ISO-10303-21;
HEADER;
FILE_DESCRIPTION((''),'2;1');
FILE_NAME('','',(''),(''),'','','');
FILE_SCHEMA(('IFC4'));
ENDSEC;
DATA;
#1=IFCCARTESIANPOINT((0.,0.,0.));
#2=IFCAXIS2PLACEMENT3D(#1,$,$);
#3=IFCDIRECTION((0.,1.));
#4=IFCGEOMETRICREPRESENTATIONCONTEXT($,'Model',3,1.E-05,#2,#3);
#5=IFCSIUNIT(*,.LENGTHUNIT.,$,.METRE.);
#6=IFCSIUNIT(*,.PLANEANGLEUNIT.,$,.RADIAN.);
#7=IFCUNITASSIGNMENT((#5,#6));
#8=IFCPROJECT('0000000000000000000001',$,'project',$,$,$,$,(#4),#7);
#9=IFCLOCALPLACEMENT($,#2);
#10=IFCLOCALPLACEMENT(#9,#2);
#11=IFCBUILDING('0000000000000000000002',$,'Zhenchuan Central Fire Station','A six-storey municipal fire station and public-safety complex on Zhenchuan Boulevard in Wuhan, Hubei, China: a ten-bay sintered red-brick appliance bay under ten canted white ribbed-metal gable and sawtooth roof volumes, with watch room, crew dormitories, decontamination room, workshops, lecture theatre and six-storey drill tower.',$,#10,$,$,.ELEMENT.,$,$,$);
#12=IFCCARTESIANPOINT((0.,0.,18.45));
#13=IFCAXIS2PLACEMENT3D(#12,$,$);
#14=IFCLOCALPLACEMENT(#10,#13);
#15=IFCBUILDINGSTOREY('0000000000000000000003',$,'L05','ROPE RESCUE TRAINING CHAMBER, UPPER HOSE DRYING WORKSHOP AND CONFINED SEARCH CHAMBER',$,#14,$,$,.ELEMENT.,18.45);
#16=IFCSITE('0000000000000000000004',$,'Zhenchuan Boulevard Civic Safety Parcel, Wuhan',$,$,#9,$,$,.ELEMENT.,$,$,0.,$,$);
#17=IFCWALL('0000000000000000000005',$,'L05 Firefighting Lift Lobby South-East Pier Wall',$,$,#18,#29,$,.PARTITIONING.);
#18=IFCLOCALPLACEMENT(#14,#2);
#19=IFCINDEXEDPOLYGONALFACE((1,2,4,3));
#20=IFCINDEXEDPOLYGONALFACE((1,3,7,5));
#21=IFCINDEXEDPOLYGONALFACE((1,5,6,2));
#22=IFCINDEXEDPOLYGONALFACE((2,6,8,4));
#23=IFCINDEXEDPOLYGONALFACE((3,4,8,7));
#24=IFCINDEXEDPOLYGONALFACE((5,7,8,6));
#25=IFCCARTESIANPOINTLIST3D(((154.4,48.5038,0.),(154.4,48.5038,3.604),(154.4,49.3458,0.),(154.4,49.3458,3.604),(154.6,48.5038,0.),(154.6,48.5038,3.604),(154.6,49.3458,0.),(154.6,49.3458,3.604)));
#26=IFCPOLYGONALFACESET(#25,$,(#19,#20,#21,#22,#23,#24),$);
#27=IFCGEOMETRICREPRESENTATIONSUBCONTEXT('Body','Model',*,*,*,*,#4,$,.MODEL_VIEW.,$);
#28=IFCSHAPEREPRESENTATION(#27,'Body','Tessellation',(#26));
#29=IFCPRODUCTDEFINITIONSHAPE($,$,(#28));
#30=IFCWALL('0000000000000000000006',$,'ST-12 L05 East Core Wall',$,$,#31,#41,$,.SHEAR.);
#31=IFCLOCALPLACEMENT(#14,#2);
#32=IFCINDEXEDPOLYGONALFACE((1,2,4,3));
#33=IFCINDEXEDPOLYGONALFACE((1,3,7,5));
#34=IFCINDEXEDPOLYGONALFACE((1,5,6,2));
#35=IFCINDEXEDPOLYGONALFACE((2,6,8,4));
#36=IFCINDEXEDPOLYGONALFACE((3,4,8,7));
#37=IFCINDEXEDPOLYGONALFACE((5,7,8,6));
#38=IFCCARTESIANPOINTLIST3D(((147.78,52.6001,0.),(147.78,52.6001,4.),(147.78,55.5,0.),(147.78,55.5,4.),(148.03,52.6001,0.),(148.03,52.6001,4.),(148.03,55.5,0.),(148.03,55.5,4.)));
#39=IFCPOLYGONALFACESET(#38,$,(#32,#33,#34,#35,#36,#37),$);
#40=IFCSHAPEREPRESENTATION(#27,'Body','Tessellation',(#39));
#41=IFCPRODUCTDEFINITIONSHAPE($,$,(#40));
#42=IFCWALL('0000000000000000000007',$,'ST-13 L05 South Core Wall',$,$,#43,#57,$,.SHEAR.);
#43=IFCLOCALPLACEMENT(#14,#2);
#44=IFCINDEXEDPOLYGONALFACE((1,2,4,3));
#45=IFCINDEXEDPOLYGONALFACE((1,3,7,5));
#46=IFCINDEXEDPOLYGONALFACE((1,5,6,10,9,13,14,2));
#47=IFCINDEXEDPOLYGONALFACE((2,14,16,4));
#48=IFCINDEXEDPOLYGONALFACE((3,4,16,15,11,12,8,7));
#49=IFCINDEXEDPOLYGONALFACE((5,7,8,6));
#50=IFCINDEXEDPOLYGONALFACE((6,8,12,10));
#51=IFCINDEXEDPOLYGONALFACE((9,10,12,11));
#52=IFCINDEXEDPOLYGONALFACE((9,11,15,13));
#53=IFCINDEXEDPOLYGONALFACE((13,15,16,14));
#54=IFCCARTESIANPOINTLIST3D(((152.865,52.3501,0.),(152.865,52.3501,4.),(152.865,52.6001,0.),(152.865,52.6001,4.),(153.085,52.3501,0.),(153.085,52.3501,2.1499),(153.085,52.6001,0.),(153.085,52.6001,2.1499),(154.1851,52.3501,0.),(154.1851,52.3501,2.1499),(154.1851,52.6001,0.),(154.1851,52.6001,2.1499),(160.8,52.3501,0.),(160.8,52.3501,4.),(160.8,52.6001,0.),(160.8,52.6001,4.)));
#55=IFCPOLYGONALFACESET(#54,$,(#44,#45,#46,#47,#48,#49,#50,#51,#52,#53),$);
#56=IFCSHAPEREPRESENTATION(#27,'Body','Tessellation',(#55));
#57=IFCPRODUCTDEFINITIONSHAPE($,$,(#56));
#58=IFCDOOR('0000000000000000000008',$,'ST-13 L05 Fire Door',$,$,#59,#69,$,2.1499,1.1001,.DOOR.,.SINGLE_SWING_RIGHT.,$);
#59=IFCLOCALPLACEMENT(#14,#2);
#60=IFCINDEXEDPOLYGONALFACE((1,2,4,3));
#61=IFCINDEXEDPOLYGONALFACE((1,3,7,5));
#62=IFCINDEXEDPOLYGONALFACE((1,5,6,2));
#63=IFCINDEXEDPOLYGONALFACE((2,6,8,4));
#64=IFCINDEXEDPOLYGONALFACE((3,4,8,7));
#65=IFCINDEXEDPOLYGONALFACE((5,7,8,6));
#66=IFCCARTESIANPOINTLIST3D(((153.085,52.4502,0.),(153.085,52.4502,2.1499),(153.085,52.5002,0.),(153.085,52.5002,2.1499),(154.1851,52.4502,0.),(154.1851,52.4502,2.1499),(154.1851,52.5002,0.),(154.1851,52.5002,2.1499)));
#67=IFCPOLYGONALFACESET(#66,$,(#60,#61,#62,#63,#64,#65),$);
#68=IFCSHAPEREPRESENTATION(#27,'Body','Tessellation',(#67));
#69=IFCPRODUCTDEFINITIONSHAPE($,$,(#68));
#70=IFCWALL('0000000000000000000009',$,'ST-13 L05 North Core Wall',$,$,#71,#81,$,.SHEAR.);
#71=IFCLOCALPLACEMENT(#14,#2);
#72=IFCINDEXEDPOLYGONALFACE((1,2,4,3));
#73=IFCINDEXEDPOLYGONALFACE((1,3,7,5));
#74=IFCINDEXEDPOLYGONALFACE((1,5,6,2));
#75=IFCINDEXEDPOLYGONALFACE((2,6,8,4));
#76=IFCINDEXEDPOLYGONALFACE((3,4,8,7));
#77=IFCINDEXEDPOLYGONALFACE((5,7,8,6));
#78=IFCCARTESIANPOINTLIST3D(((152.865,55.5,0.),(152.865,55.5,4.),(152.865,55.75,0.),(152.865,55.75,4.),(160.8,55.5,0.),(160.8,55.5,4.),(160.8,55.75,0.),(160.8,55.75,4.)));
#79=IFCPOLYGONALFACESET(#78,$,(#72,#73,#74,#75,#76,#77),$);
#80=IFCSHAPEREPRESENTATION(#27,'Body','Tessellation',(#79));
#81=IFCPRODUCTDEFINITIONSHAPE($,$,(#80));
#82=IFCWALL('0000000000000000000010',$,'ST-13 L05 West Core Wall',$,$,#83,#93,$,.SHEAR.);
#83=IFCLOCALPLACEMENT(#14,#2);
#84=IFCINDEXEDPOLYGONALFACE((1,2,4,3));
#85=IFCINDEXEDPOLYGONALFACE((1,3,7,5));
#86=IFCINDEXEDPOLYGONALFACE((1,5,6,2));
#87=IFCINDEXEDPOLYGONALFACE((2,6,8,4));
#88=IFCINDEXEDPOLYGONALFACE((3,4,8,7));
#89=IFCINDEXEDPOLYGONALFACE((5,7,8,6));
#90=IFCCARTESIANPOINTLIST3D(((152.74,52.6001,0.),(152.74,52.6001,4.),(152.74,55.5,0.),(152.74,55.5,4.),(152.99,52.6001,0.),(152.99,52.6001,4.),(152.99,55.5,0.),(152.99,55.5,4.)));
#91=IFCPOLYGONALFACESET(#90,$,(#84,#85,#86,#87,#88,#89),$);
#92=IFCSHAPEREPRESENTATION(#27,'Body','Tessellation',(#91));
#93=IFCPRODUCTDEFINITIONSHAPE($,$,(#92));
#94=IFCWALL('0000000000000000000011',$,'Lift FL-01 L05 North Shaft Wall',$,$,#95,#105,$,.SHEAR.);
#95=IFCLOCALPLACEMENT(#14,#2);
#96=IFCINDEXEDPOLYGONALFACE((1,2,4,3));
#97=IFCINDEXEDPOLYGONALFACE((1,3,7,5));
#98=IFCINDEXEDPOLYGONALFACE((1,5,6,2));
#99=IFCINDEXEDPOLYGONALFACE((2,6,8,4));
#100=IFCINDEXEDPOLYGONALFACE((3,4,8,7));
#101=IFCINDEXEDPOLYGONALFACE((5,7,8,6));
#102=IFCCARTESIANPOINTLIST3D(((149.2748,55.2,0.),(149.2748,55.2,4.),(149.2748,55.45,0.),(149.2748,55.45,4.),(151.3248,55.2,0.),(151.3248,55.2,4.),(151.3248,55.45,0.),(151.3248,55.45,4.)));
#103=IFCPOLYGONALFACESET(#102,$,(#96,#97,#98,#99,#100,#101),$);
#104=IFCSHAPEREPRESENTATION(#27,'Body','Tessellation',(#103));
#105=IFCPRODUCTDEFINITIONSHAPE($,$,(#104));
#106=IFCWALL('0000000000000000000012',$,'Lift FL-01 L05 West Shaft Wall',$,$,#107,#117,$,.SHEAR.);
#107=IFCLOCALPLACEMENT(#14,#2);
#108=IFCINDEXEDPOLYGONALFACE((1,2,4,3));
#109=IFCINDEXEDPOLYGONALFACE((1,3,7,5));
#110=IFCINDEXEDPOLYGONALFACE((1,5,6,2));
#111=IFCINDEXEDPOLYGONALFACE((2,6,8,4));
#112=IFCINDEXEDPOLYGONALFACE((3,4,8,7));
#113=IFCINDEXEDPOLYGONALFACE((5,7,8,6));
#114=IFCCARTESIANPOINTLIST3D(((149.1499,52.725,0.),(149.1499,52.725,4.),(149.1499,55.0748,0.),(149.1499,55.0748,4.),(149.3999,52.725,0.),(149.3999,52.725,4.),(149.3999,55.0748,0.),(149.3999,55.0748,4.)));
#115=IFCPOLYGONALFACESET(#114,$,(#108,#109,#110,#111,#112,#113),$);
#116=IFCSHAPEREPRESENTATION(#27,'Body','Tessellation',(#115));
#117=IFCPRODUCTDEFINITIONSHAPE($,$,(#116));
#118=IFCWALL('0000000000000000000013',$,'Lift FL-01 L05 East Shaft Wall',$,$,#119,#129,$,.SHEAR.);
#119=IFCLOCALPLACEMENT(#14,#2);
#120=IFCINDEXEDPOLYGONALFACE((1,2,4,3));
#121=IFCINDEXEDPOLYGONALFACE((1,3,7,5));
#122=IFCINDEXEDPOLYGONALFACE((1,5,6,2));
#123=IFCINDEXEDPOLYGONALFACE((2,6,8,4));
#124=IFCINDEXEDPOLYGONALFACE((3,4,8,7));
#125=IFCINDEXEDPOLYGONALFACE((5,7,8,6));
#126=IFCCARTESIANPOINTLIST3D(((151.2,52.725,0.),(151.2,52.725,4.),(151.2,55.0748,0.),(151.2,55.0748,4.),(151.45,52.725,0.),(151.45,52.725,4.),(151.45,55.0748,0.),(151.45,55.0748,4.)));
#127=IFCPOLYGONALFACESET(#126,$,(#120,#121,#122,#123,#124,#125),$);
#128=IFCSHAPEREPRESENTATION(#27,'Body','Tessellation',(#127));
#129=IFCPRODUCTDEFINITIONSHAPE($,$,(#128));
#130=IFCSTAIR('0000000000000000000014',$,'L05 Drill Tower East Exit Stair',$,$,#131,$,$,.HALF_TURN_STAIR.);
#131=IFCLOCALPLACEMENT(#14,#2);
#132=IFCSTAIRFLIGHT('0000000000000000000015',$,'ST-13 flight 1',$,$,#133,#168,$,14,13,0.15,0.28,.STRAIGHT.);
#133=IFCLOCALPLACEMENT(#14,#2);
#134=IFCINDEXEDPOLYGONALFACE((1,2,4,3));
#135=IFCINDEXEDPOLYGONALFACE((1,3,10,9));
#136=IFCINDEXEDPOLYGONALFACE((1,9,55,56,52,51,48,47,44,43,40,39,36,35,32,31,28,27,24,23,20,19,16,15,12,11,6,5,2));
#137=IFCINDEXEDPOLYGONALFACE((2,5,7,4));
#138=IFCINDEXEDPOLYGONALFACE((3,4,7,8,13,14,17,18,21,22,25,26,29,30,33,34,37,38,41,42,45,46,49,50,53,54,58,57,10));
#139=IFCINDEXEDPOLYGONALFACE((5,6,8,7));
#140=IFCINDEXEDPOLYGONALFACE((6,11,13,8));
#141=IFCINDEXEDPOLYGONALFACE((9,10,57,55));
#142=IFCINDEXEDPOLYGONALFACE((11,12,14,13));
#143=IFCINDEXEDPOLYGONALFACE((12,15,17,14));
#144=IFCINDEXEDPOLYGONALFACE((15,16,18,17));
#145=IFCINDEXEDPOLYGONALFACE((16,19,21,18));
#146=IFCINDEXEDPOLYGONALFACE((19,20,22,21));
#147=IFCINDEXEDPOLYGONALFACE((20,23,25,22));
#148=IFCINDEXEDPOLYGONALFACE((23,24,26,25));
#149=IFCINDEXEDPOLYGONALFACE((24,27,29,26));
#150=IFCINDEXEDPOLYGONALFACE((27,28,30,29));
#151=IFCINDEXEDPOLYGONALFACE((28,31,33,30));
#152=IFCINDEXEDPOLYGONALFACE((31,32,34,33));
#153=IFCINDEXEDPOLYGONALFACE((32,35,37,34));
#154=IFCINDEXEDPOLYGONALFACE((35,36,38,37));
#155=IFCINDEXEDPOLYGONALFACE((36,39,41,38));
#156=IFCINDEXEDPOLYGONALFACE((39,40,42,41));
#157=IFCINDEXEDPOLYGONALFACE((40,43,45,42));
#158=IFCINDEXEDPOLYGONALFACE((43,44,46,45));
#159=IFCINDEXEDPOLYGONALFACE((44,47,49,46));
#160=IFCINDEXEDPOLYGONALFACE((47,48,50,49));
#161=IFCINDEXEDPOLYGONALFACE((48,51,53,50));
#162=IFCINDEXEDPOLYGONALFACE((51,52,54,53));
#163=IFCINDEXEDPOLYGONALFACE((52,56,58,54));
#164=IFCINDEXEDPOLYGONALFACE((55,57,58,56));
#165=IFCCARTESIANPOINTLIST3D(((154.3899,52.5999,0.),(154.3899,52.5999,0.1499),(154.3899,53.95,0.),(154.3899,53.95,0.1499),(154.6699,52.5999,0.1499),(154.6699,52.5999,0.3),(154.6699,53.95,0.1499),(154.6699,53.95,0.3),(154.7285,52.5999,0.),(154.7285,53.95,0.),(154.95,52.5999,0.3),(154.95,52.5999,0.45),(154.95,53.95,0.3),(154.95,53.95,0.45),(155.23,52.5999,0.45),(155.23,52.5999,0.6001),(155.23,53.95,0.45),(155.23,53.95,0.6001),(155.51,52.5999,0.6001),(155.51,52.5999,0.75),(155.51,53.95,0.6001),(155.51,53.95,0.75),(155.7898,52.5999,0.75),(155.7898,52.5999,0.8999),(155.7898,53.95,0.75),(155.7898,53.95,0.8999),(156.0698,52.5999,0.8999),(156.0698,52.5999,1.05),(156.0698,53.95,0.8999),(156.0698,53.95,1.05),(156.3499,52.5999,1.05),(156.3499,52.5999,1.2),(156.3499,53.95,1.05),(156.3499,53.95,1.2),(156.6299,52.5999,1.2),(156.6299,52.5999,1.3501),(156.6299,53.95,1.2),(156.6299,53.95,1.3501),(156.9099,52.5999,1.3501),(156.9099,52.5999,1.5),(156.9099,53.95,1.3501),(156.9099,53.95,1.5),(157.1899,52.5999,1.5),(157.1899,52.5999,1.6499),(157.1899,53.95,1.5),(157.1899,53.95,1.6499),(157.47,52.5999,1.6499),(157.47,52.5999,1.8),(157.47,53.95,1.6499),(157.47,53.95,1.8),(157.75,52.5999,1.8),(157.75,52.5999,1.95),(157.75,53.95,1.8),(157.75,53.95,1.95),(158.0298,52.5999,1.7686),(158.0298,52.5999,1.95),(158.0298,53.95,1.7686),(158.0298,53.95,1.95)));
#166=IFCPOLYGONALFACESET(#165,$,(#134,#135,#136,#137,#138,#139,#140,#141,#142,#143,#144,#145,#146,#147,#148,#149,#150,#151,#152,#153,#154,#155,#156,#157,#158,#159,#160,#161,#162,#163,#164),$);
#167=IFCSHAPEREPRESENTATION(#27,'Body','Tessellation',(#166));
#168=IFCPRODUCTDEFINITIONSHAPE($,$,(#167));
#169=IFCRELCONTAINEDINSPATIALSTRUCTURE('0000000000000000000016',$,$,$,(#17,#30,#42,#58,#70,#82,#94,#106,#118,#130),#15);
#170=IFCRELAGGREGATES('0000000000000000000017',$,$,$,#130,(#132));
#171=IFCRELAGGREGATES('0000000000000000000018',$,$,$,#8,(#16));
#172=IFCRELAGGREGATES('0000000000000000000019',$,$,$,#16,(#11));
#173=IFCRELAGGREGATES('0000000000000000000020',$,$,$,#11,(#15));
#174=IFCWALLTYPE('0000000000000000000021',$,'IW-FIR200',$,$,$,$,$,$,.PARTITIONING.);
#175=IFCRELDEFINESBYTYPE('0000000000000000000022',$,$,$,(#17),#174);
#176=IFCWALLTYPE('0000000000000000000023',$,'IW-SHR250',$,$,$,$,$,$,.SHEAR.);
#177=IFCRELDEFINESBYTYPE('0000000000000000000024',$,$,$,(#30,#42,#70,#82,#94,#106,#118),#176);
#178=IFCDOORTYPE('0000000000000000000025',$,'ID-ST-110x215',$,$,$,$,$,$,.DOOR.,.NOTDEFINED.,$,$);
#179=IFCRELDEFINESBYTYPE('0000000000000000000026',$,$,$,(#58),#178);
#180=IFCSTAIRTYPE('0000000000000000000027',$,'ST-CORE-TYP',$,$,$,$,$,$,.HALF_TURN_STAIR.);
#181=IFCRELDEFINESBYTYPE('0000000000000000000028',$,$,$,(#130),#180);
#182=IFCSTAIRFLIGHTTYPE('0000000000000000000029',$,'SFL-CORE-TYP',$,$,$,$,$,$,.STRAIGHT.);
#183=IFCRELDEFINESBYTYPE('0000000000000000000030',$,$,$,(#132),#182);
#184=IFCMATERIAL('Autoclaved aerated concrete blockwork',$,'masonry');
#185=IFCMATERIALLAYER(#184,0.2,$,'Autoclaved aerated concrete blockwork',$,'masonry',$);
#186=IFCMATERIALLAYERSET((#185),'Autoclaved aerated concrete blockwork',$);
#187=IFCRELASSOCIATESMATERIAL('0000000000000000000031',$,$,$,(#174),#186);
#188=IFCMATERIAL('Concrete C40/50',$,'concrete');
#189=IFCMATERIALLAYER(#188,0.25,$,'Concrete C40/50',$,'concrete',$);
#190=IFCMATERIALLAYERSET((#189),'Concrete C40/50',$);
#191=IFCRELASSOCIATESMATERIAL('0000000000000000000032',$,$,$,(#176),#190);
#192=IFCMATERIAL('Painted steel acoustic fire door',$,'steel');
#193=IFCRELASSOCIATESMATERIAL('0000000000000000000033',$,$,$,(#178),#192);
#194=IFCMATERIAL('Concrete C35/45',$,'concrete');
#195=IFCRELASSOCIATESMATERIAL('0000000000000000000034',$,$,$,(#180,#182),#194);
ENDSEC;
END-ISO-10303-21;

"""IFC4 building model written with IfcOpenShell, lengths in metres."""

from ifc_helpers import new_model, si_unit, direction, frame, frame_2d, origin, place, context, subcontext, project, spatial, polyline, rectangle, outline, extrude, material, layer, layer_set, type_object, element, fill, aggregate, save


model = new_model("IFC4")

# Units and contexts
model_context = context("Model", 3, precision=1e-05, world=origin(), true_north=direction((0.0, 1.0)))
body_context = subcontext(model_context, "Body", "Model", "MODEL_VIEW")
ifc_project = project(units=[si_unit("LENGTHUNIT", "METRE"), si_unit("PLANEANGLEUNIT", "RADIAN")], contexts=[model_context])

# Site, building, storey
site_placement = place(None, origin())
site = spatial("IfcSite", under=ifc_project, at=site_placement, Name="Zhenchuan Boulevard Civic Safety Parcel, Wuhan", CompositionType="ELEMENT", RefElevation=0.0)
building_placement = place(site_placement, origin())
building = spatial("IfcBuilding", under=site, at=building_placement, Name="Zhenchuan Central Fire Station", Description="A six-storey municipal fire station and public-safety complex on Zhenchuan Boulevard in Wuhan, Hubei, China: a ten-bay sintered red-brick appliance bay under ten canted white ribbed-metal gable and sawtooth roof volumes, with watch room, crew dormitories, decontamination room, workshops, lecture theatre and six-storey drill tower.", CompositionType="ELEMENT")
storey_placement = place(building_placement, frame((0.0, 0.0, 18.45)))
storey = spatial("IfcBuildingStorey", under=building, at=storey_placement, Name="L05", Description="ROPE RESCUE TRAINING CHAMBER, UPPER HOSE DRYING WORKSHOP AND CONFINED SEARCH CHAMBER", CompositionType="ELEMENT", Elevation=18.45)

# Shared definitions
ifc_material_1 = material(Name="Concrete C40/50", Category="concrete")

# Shared definitions
ifc_material_2 = material(Name="Autoclaved aerated concrete blockwork", Category="masonry")

# Wall
ifc_layer_1 = layer(ifc_material_2, 0.2, Name="Autoclaved aerated concrete blockwork", Category="masonry")
ifc_layer_set_1 = layer_set([ifc_layer_1], Name="Autoclaved aerated concrete blockwork")
wall_type_1 = type_object("IfcWallType", Name="IW-FIR200", PredefinedType="PARTITIONING", material=ifc_layer_set_1)
wall_1_placement = place(storey_placement, frame((154.5, 48.5039, 0.0), z_axis=(0.0, 0.0, 1.0), x_axis=(0.0, 1.0, 0.0)))
element("IfcWall", 1, at=wall_1_placement, inside=storey, type_object=wall_type_1, Name="L05 Firefighting Lift Lobby South-East Pier Wall", PredefinedType="PARTITIONING", context=body_context, shape_type="SweptSolid", body=[
    extrude(rectangle(XDim=0.842, YDim=0.2, at=frame_2d((0.4209, 0.0))), origin(), (0.0, 0.0, 1.0), 3.604),
])

# Wall
ifc_layer_2 = layer(ifc_material_1, 0.25, Name="Concrete C40/50", Category="concrete")
ifc_layer_set_2 = layer_set([ifc_layer_2], Name="Concrete C40/50")
wall_type_2 = type_object("IfcWallType", Name="IW-SHR250", PredefinedType="SHEAR", material=ifc_layer_set_2)
wall_2_placement = place(storey_placement, frame((147.905, 52.6001, 0.0), z_axis=(0.0, 0.0, 1.0), x_axis=(0.0, 1.0, 0.0)))
element("IfcWall", 2, at=wall_2_placement, inside=storey, type_object=wall_type_2, Name="ST-12 L05 East Core Wall", PredefinedType="SHEAR", context=body_context, shape_type="SweptSolid", body=[
    extrude(rectangle(XDim=2.8999, YDim=0.25, at=frame_2d((1.45, 0.0))), origin(), (0.0, 0.0, 1.0), 4.0),
])

# Wall, opening, door
wall_3_placement = place(storey_placement, frame((152.865, 52.4751, 0.0), z_axis=(0.0, 0.0, 1.0), x_axis=(1.0, 0.0, 0.0)))
wall_3 = element("IfcWall", 3, at=wall_3_placement, inside=storey, type_object=wall_type_2, Name="ST-13 L05 South Core Wall", PredefinedType="SHEAR", context=body_context, shape_type="SweptSolid", body=[
    extrude(rectangle(XDim=7.9351, YDim=0.25, at=frame_2d((3.9675, 0.0))), origin(), (0.0, 0.0, 1.0), 4.0),
])
opening_1_placement = place(wall_3_placement, frame((0.22, 0.0, 0.0)))
opening_1 = element("IfcOpeningElement", 4, at=opening_1_placement, cuts=wall_3, PredefinedType="OPENING", context=body_context, shape_type="SweptSolid", body=[
    extrude(rectangle(XDim=1.1001, YDim=2.1499, at=frame_2d((0.55, 1.075))), frame((0.0, 0.135, 0.0), z_axis=(0.0, -1.0, 0.0), x_axis=(1.0, 0.0, 0.0)), (0.0, 0.0, 1.0), 0.27),
])
ifc_material_3 = material(Name="Painted steel acoustic fire door", Category="steel")
door_type_1 = type_object("IfcDoorType", Name="ID-ST-110x215", OperationType="NOTDEFINED", PredefinedType="DOOR", material=ifc_material_3)
door_1_placement = place(opening_1_placement, frame((1.1001, 0.0, 0.0), z_axis=(0.0, 0.0, 1.0), x_axis=(-1.0, 0.0, 0.0)))
door_1 = element("IfcDoor", 5, at=door_1_placement, inside=storey, type_object=door_type_1, Name="ST-13 L05 Fire Door", OperationType="SINGLE_SWING_RIGHT", OverallHeight=2.1499, OverallWidth=1.1001, PredefinedType="DOOR", context=body_context, shape_type="SweptSolid", body=[
    extrude(rectangle(XDim=1.1001, YDim=2.1499, at=frame_2d((0.55, 1.075))), frame((0.0, 0.0249, 0.0), z_axis=(0.0, -1.0, 0.0), x_axis=(1.0, 0.0, 0.0)), (0.0, 0.0, 1.0), 0.05),
])
fill(opening_1, door_1)

# Walls
wall_4_placement = place(storey_placement, frame((152.865, 55.625, 0.0), z_axis=(0.0, 0.0, 1.0), x_axis=(1.0, 0.0, 0.0)))
element("IfcWall", 6, at=wall_4_placement, inside=storey, type_object=wall_type_2, Name="ST-13 L05 North Core Wall", PredefinedType="SHEAR", context=body_context, shape_type="SweptSolid", body=[
    extrude(rectangle(XDim=7.9351, YDim=0.25, at=frame_2d((3.9675, 0.0))), origin(), (0.0, 0.0, 1.0), 4.0),
])
wall_5_placement = place(storey_placement, frame((152.865, 52.6001, 0.0), z_axis=(0.0, 0.0, 1.0), x_axis=(0.0, 1.0, 0.0)))
element("IfcWall", 7, at=wall_5_placement, inside=storey, type_object=wall_type_2, Name="ST-13 L05 West Core Wall", PredefinedType="SHEAR", context=body_context, shape_type="SweptSolid", body=[
    extrude(rectangle(XDim=2.8999, YDim=0.25, at=frame_2d((1.45, 0.0))), origin(), (0.0, 0.0, 1.0), 4.0),
])

# Walls
wall_6_placement = place(storey_placement, frame((149.2749, 55.325, 0.0), z_axis=(0.0, 0.0, 1.0), x_axis=(1.0, 0.0, 0.0)))
element("IfcWall", 8, at=wall_6_placement, inside=storey, type_object=wall_type_2, Name="Lift FL-01 L05 North Shaft Wall", PredefinedType="SHEAR", context=body_context, shape_type="SweptSolid", body=[
    extrude(rectangle(XDim=2.05, YDim=0.25, at=frame_2d((1.0249, 0.0))), origin(), (0.0, 0.0, 1.0), 4.0),
])
for number, where, z_axis, x_axis, name in (
    (9, (149.2749, 52.7251, 0.0), (0.0, 0.0, 1.0), (0.0, 1.0, 0.0), "Lift FL-01 L05 West Shaft Wall"),
    (10, (151.325, 52.7251, 0.0), (0.0, 0.0, 1.0), (0.0, 1.0, 0.0), "Lift FL-01 L05 East Shaft Wall"),
):
    element("IfcWall", number, at=place(storey_placement, frame(where, z_axis=z_axis, x_axis=x_axis)), inside=storey, type_object=wall_type_2, Name=name, PredefinedType="SHEAR", context=body_context, shape_type="SweptSolid", body=[
        extrude(rectangle(XDim=2.3499, YDim=0.25, at=frame_2d((1.1748, 0.0))), origin(), (0.0, 0.0, 1.0), 4.0),
    ])

# Stair, stair flight
ifc_material_4 = material(Name="Concrete C35/45", Category="concrete")
stair_type = type_object("IfcStairType", Name="ST-CORE-TYP", PredefinedType="HALF_TURN_STAIR", material=ifc_material_4)
stair_placement = place(storey_placement, origin())
stair = element("IfcStair", 11, at=stair_placement, inside=storey, type_object=stair_type, Name="L05 Drill Tower East Exit Stair", PredefinedType="HALF_TURN_STAIR")
stair_flight_type = type_object("IfcStairFlightType", Name="SFL-CORE-TYP", PredefinedType="STRAIGHT", material=ifc_material_4)
stair_flight_1_placement = place(storey_placement, frame((154.3899, 53.2749, 0.0), z_axis=(0.0, 0.0, 1.0), x_axis=(1.0, 0.0, 0.0)))
stair_flight_1 = element("IfcStairFlight", 12, at=stair_flight_1_placement, type_object=stair_flight_type, Name="ST-13 flight 1", NumberOfRisers=14, NumberOfTreads=13, PredefinedType="STRAIGHT", RiserHeight=0.15, TreadLength=0.28, context=body_context, shape_type="SweptSolid", body=[
    extrude(outline(polyline([(0.0, 0.0), (0.0, 0.1499), (0.28, 0.1499), (0.28, 0.3), (0.5601, 0.3), (0.5601, 0.45), (0.8401, 0.45), (0.8401, 0.6001), (1.1201, 0.6001), (1.1201, 0.75), (1.3999, 0.75), (1.3999, 0.8999), (1.6799, 0.8999), (1.6799, 1.05), (1.96, 1.05), (1.96, 1.2), (2.24, 1.2), (2.24, 1.3501), (2.52, 1.3501), (2.52, 1.5), (2.8, 1.5), (2.8, 1.6499), (3.0801, 1.6499), (3.0801, 1.8), (3.3601, 1.8), (3.3601, 1.95), (3.6399, 1.95), (3.6399, 2.1001), (3.6399, 1.7686), (0.3386, 0.0), (0.0, 0.0)])), frame((0.0, 0.675, 0.0), z_axis=(0.0, -1.0, 0.0), x_axis=(1.0, 0.0, 0.0)), (0.0, 0.0, 1.0), 1.3501),
])
aggregate(stair, [stair_flight_1])

save(model, "model.ifc")
